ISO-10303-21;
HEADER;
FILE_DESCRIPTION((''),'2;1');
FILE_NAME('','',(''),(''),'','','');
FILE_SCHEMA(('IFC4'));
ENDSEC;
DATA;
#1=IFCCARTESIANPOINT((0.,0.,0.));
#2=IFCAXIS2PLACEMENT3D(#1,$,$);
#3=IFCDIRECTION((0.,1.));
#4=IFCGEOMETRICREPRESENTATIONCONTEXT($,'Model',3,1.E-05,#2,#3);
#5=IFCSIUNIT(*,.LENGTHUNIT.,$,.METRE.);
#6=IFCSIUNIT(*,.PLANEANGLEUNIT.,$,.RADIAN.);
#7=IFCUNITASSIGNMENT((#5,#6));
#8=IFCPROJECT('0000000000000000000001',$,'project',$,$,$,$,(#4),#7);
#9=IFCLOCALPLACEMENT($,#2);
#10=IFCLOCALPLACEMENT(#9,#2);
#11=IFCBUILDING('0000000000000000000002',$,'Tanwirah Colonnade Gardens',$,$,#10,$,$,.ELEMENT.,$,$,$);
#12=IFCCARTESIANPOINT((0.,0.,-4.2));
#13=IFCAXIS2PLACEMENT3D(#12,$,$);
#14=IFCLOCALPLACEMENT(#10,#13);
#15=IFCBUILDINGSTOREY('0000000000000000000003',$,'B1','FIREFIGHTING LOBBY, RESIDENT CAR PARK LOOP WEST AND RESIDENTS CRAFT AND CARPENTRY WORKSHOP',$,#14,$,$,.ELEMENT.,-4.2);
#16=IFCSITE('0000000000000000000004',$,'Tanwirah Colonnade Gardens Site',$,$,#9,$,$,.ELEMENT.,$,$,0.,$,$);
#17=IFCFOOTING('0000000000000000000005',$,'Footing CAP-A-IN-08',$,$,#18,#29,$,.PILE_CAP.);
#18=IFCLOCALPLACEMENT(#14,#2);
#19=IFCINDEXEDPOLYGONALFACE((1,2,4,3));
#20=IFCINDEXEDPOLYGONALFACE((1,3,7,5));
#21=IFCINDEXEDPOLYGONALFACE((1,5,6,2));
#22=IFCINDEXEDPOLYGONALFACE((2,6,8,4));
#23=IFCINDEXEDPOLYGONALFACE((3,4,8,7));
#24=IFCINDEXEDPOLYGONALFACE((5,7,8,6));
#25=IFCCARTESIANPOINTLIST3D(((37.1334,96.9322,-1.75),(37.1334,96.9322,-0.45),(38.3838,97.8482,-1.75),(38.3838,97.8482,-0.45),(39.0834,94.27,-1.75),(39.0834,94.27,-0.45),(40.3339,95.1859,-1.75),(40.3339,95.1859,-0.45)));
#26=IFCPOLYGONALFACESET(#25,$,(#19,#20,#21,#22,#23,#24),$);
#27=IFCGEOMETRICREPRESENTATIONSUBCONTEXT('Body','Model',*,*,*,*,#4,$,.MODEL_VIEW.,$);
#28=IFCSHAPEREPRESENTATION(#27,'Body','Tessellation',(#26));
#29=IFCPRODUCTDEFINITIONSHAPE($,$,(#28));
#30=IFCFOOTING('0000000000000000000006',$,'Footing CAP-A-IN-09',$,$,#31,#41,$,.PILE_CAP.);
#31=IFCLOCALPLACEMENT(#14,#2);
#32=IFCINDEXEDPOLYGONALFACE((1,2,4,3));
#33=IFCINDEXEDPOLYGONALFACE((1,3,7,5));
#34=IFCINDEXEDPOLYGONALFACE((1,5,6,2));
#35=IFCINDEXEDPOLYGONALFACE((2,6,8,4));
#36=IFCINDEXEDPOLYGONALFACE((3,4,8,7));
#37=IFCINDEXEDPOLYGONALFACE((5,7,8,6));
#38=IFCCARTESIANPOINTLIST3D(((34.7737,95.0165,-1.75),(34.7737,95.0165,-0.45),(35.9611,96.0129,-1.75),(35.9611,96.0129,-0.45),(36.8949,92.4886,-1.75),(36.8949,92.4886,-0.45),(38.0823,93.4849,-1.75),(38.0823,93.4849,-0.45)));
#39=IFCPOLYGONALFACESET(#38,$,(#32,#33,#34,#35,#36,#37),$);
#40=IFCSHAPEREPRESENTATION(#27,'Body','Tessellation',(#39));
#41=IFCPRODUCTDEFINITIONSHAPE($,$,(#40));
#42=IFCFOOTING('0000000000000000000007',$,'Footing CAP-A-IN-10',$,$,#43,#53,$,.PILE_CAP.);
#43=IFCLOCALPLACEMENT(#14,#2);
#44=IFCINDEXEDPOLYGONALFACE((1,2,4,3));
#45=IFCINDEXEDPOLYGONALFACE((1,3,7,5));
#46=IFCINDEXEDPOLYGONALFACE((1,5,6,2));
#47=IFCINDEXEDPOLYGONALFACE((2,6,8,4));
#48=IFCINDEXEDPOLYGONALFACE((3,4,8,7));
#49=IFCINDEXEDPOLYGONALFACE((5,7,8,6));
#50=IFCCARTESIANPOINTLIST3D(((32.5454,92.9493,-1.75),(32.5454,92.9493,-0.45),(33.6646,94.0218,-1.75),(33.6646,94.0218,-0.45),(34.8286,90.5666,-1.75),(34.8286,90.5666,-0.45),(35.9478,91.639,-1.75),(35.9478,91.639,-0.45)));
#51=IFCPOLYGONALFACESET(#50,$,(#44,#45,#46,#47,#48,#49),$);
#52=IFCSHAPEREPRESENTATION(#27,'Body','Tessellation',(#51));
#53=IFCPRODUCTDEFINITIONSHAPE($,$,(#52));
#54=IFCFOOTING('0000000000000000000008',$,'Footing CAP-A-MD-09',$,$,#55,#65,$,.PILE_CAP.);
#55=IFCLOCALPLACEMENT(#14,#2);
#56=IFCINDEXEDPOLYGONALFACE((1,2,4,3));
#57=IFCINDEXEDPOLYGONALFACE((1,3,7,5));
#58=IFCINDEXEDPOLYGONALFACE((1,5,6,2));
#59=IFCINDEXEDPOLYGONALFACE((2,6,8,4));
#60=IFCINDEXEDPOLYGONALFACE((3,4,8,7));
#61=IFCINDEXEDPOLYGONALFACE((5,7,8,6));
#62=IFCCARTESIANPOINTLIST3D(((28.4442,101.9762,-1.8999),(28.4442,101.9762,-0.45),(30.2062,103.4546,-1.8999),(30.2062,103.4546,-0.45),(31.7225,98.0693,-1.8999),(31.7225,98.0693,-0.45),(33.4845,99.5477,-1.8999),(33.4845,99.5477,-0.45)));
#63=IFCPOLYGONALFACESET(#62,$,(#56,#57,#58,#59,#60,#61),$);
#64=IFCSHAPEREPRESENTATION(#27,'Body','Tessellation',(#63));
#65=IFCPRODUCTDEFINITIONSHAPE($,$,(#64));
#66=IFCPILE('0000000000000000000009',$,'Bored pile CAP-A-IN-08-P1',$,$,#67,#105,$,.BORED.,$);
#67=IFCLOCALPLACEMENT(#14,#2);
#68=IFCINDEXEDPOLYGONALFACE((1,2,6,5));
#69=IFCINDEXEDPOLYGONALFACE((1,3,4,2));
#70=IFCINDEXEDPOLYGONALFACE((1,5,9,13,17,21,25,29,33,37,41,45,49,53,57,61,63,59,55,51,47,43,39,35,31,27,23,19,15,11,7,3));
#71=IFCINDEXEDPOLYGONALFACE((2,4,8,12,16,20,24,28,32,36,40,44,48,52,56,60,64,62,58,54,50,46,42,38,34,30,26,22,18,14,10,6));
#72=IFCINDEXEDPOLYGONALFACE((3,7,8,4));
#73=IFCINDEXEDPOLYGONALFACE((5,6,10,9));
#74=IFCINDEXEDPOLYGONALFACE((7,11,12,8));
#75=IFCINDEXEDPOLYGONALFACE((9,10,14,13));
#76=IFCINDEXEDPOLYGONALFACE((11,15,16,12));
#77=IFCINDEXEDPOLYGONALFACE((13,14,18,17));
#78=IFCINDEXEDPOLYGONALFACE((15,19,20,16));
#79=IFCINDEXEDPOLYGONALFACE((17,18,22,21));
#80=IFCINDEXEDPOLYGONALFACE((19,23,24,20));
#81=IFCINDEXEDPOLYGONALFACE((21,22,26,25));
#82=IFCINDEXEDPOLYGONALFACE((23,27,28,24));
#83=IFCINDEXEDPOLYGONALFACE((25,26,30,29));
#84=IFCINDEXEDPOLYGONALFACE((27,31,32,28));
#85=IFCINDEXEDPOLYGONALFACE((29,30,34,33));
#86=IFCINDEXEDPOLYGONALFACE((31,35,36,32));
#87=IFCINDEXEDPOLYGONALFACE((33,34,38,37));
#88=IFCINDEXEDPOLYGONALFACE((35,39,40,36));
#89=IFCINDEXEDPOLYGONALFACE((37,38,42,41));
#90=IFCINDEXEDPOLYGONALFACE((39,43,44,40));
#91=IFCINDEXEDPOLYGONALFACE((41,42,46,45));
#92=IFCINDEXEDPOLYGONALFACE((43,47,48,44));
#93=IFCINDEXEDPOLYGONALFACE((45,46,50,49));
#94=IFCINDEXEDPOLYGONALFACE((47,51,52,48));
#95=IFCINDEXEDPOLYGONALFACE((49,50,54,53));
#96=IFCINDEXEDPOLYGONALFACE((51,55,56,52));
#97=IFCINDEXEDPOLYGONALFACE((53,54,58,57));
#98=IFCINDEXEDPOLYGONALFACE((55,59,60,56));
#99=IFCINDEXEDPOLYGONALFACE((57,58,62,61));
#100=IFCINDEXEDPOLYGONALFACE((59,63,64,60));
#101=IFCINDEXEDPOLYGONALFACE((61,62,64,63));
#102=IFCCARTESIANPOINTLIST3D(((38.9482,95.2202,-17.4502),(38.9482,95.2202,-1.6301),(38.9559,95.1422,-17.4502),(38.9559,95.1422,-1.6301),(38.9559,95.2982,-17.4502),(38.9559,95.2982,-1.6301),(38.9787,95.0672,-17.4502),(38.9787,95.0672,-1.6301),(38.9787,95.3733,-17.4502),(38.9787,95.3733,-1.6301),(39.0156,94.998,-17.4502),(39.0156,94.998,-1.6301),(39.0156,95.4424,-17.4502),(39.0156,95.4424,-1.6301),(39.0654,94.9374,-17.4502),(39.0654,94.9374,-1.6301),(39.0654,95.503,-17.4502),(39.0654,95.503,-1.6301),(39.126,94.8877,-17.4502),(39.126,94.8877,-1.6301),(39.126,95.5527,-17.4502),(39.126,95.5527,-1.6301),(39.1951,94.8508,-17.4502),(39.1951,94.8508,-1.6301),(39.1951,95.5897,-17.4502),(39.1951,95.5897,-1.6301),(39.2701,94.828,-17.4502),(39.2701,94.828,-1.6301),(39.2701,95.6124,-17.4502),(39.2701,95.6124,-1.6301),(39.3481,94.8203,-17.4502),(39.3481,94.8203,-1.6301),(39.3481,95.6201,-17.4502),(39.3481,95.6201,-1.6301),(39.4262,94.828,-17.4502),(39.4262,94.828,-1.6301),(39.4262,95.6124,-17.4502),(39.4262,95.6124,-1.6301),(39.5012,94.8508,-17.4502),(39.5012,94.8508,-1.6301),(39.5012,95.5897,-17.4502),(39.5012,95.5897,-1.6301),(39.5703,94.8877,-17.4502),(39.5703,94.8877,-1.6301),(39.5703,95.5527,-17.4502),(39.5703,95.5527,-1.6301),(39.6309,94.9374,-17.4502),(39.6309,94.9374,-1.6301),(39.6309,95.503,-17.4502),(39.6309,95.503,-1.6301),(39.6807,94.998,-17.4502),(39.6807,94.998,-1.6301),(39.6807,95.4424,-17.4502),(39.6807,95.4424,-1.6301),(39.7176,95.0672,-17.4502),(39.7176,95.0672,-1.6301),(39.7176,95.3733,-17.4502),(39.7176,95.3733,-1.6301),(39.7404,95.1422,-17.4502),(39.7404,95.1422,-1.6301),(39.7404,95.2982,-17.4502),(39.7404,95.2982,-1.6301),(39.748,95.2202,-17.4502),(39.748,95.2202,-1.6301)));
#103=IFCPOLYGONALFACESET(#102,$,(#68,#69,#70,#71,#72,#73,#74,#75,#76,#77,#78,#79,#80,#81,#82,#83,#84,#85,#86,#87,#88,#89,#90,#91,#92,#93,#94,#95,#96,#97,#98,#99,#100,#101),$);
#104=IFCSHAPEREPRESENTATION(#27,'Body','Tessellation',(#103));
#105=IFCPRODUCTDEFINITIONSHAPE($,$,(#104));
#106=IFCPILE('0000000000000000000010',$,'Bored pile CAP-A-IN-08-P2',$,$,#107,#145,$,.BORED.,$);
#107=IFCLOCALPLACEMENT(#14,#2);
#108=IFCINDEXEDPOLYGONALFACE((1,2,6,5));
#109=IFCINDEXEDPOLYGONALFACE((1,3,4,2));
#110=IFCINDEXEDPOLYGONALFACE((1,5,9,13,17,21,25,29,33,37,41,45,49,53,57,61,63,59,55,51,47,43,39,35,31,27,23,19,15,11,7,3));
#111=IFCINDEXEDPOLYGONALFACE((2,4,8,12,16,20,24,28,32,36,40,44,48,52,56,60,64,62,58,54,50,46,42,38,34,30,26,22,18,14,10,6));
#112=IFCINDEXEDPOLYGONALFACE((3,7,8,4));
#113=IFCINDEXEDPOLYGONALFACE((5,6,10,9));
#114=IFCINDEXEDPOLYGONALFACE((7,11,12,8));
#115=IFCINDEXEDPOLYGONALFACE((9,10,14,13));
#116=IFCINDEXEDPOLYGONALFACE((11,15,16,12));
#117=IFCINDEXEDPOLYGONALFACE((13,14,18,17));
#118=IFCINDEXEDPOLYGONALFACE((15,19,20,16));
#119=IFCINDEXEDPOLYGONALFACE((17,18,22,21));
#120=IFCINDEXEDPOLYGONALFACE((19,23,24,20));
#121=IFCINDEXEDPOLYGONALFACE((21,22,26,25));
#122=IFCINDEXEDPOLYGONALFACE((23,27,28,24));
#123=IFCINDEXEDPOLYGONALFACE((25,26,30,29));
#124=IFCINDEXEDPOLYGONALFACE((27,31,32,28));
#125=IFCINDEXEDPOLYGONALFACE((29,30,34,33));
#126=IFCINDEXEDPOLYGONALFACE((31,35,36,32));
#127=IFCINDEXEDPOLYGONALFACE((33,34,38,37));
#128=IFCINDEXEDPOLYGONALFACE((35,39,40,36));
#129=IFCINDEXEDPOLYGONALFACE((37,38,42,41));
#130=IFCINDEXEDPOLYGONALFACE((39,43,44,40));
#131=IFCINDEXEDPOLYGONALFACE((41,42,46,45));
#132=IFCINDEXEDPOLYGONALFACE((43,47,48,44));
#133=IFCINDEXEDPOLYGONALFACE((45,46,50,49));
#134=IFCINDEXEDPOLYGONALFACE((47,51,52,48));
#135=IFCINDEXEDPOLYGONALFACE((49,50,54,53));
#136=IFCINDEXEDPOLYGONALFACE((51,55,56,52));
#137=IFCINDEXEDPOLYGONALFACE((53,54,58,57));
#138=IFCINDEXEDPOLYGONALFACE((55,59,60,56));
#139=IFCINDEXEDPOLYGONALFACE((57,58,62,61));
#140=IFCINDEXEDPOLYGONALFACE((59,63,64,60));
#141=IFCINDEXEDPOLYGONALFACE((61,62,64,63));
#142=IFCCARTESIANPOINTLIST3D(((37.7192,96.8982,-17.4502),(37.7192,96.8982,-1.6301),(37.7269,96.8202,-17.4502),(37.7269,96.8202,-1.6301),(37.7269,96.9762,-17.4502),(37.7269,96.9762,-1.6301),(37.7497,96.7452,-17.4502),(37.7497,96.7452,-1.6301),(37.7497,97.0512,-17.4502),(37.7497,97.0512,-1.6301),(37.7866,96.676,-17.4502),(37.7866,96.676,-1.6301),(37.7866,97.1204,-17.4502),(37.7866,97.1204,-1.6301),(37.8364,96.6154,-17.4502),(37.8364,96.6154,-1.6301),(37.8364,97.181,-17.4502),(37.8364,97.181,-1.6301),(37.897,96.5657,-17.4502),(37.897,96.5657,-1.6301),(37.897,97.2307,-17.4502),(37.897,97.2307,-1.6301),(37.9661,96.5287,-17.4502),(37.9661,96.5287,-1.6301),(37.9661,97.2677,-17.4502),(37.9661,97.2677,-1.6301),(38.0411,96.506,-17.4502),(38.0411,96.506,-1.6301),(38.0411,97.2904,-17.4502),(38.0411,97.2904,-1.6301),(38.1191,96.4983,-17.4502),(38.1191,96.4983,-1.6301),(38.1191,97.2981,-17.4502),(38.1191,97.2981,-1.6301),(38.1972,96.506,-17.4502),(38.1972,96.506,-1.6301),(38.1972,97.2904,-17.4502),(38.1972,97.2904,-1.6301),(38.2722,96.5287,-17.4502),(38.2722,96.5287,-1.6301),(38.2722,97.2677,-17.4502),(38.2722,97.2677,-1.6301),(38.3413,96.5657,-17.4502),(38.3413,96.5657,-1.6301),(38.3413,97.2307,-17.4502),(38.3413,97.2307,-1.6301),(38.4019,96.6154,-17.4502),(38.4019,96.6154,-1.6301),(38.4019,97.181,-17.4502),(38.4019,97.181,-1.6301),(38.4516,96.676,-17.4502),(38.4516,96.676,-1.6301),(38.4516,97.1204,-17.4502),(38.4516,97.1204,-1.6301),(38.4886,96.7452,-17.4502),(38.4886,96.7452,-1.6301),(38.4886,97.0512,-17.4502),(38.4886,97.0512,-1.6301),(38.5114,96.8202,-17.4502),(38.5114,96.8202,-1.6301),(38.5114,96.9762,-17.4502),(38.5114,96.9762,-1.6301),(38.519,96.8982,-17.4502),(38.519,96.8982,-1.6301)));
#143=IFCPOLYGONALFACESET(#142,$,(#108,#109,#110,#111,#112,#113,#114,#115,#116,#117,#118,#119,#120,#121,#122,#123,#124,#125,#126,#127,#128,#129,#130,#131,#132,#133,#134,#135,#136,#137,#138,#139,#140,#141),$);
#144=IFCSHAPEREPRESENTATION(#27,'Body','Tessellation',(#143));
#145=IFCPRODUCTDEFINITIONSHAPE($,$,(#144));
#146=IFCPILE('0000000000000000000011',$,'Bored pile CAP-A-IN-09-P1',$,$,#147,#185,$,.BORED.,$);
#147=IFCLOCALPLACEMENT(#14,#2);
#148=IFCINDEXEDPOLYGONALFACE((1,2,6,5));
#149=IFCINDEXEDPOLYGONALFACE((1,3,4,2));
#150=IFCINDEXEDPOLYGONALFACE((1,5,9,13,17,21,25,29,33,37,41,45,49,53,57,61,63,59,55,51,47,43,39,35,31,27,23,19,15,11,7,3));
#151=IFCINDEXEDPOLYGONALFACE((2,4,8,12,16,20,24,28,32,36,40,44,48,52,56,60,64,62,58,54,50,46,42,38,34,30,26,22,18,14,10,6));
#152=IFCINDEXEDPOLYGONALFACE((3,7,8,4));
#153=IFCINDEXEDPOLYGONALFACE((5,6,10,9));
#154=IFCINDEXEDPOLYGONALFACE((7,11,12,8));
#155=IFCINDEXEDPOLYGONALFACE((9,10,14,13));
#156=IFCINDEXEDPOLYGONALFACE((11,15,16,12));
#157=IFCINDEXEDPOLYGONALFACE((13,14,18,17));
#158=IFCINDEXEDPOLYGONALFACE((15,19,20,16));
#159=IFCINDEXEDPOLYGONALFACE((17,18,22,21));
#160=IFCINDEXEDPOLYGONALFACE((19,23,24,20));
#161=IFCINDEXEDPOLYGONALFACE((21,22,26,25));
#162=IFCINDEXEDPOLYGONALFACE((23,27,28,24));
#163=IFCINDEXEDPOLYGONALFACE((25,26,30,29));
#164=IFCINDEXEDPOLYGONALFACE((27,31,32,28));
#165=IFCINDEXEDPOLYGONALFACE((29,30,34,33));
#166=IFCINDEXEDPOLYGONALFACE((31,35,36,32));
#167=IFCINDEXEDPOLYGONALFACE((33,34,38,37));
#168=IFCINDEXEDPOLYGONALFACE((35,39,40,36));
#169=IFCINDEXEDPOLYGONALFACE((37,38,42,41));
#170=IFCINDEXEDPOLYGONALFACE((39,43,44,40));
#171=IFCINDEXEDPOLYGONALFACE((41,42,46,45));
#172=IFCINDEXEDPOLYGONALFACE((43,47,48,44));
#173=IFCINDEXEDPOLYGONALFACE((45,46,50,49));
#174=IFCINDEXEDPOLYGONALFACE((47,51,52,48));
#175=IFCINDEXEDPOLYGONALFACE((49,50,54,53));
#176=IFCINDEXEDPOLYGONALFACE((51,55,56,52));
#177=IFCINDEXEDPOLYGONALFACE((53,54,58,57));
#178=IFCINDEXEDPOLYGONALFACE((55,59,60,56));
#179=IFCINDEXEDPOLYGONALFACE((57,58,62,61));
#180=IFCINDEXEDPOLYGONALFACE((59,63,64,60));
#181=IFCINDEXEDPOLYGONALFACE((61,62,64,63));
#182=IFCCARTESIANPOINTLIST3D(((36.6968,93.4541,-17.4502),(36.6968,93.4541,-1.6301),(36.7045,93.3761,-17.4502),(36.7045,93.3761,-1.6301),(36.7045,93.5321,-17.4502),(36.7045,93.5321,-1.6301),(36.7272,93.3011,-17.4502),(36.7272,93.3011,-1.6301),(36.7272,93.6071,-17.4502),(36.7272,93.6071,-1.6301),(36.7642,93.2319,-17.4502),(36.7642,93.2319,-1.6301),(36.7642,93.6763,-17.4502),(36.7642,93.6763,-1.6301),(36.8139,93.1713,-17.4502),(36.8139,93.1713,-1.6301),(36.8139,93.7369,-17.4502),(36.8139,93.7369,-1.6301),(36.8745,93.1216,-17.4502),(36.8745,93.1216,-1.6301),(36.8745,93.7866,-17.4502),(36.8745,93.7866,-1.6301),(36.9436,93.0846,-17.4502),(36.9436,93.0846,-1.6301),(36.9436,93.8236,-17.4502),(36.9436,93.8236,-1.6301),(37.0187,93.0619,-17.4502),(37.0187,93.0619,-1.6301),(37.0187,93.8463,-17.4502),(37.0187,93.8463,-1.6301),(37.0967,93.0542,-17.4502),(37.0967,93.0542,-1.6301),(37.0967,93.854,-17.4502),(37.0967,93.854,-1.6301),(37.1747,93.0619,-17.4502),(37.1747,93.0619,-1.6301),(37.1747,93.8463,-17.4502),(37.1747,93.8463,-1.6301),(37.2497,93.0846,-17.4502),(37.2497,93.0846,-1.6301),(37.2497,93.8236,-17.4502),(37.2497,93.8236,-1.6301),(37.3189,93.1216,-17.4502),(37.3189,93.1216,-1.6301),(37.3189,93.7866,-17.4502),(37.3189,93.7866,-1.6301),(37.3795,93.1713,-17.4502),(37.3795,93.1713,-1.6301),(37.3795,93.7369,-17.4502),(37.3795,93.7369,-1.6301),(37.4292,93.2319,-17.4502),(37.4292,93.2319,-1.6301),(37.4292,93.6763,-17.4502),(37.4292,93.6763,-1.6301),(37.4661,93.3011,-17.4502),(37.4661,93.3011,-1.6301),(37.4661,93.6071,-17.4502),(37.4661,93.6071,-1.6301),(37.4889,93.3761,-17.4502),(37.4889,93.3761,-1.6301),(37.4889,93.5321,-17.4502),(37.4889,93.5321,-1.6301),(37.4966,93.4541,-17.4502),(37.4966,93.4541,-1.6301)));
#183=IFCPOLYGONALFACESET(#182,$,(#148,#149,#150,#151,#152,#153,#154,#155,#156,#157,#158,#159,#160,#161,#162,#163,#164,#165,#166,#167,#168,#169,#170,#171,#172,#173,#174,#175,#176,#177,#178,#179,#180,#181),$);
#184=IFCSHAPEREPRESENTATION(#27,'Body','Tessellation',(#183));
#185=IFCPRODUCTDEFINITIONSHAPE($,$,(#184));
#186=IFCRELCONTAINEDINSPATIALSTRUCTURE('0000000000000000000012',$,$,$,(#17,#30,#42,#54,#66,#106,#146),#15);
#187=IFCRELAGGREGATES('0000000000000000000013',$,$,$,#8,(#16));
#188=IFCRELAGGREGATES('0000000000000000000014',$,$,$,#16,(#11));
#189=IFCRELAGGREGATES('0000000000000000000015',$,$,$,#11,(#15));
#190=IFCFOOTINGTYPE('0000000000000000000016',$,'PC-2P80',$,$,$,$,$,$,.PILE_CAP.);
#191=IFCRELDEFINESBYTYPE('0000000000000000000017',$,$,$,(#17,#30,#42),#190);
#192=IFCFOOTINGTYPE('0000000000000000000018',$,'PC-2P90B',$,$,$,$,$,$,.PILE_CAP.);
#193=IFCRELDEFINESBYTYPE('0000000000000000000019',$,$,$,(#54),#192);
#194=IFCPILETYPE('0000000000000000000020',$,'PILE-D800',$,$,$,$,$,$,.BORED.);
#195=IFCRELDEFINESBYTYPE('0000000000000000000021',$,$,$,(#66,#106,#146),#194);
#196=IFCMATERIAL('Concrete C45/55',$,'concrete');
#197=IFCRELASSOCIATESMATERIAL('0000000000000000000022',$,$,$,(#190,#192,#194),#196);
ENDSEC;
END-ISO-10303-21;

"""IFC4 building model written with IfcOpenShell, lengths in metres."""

from ifc_helpers import new_model, si_unit, direction, frame, origin, origin_2d, place, context, subcontext, project, spatial, rectangle, circle, extrude, material, material_profile, profile_set, type_object, element, save


model = new_model("IFC4")

# Units and contexts
model_context = context("Model", 3, precision=1e-05, world=origin(), true_north=direction((0.0, 1.0)))
body_context = subcontext(model_context, "Body", "Model", "MODEL_VIEW")
ifc_project = project(units=[si_unit("LENGTHUNIT", "METRE"), si_unit("PLANEANGLEUNIT", "RADIAN")], contexts=[model_context])

# Site, building, storey
site_placement = place(None, origin())
site = spatial("IfcSite", under=ifc_project, at=site_placement, Name="Tanwirah Colonnade Gardens Site", CompositionType="ELEMENT", RefElevation=0.0)
building_placement = place(site_placement, origin())
building = spatial("IfcBuilding", under=site, at=building_placement, Name="Tanwirah Colonnade Gardens", CompositionType="ELEMENT")
storey_placement = place(building_placement, frame((0.0, 0.0, -4.2)))
storey = spatial("IfcBuildingStorey", under=building, at=storey_placement, Name="B1", Description="FIREFIGHTING LOBBY, RESIDENT CAR PARK LOOP WEST AND RESIDENTS CRAFT AND CARPENTRY WORKSHOP", CompositionType="ELEMENT", Elevation=-4.2)

# Footings
ifc_material_1 = material(Name="Concrete C45/55", Category="concrete")
footing_type_1 = type_object("IfcFootingType", Name="PC-2P80", PredefinedType="PILE_CAP", material=ifc_material_1)
for number, where, z_axis, x_axis, name in (
    (1, (38.7336, 96.0591, -1.75), (0.0, 0.0, 1.0), (-0.590919, 0.806731, 0.0), "Footing CAP-A-IN-08"),
    (2, (36.428, 94.2507, -1.75), (0.0, 0.0, 1.0), (-0.642788, 0.766044, 0.0), "Footing CAP-A-IN-09"),
    (3, (34.2466, 92.2942, -1.75), (0.0, 0.0, 1.0), (-0.691863, 0.722029, 0.0), "Footing CAP-A-IN-10"),
):
    element("IfcFooting", number, at=place(storey_placement, frame(where, z_axis=z_axis, x_axis=x_axis)), inside=storey, type_object=footing_type_1, Name=name, PredefinedType="PILE_CAP", context=body_context, shape_type="SweptSolid", body=[
        extrude(rectangle(XDim=3.3, YDim=1.55, at=origin_2d()), origin(), (0.0, 0.0, 1.0), 1.3),
    ])
footing_type_2 = type_object("IfcFootingType", Name="PC-2P90B", PredefinedType="PILE_CAP", material=ifc_material_1)
footing_placement = place(storey_placement, frame((30.9644, 100.762, -1.8999), z_axis=(0.0, 0.0, 1.0), x_axis=(-0.642788, 0.766044, 0.0)))
element("IfcFooting", 4, at=footing_placement, inside=storey, type_object=footing_type_2, Name="Footing CAP-A-MD-09", PredefinedType="PILE_CAP", context=body_context, shape_type="SweptSolid", body=[
    extrude(rectangle(XDim=5.1001, YDim=2.3, at=origin_2d()), origin(), (0.0, 0.0, 1.0), 1.45),
])

# Piles
ifc_material_profile_1 = material_profile(ifc_material_1, circle(Radius=0.3999, at=origin_2d()), Name="PILE D800")
ifc_profile_set_1 = profile_set([ifc_material_profile_1], Name="Concrete C45/55")
pile_type_1 = type_object("IfcPileType", Name="PILE-D800", PredefinedType="BORED", material=ifc_profile_set_1)
for number, where, z_axis, x_axis, name in (
    (5, (39.3481, 95.2202, -1.6301), (0.0, 0.0, -1.0), (1.0, 0.0, 0.0), "Bored pile CAP-A-IN-08-P1"),
    (6, (38.1191, 96.8982, -1.6301), (0.0, 0.0, -1.0), (1.0, 0.0, 0.0), "Bored pile CAP-A-IN-08-P2"),
    (7, (37.0967, 93.4541, -1.6301), (0.0, 0.0, -1.0), (1.0, 0.0, 0.0), "Bored pile CAP-A-IN-09-P1"),
):
    element("IfcPile", number, at=place(storey_placement, frame(where, z_axis=z_axis, x_axis=x_axis)), inside=storey, type_object=pile_type_1, Name=name, PredefinedType="BORED", context=body_context, shape_type="SweptSolid", body=[
        extrude(circle(Radius=0.3999, at=origin_2d()), origin(), (0.0, 0.0, 1.0), 15.8201),
    ])

save(model, "model.ifc")
